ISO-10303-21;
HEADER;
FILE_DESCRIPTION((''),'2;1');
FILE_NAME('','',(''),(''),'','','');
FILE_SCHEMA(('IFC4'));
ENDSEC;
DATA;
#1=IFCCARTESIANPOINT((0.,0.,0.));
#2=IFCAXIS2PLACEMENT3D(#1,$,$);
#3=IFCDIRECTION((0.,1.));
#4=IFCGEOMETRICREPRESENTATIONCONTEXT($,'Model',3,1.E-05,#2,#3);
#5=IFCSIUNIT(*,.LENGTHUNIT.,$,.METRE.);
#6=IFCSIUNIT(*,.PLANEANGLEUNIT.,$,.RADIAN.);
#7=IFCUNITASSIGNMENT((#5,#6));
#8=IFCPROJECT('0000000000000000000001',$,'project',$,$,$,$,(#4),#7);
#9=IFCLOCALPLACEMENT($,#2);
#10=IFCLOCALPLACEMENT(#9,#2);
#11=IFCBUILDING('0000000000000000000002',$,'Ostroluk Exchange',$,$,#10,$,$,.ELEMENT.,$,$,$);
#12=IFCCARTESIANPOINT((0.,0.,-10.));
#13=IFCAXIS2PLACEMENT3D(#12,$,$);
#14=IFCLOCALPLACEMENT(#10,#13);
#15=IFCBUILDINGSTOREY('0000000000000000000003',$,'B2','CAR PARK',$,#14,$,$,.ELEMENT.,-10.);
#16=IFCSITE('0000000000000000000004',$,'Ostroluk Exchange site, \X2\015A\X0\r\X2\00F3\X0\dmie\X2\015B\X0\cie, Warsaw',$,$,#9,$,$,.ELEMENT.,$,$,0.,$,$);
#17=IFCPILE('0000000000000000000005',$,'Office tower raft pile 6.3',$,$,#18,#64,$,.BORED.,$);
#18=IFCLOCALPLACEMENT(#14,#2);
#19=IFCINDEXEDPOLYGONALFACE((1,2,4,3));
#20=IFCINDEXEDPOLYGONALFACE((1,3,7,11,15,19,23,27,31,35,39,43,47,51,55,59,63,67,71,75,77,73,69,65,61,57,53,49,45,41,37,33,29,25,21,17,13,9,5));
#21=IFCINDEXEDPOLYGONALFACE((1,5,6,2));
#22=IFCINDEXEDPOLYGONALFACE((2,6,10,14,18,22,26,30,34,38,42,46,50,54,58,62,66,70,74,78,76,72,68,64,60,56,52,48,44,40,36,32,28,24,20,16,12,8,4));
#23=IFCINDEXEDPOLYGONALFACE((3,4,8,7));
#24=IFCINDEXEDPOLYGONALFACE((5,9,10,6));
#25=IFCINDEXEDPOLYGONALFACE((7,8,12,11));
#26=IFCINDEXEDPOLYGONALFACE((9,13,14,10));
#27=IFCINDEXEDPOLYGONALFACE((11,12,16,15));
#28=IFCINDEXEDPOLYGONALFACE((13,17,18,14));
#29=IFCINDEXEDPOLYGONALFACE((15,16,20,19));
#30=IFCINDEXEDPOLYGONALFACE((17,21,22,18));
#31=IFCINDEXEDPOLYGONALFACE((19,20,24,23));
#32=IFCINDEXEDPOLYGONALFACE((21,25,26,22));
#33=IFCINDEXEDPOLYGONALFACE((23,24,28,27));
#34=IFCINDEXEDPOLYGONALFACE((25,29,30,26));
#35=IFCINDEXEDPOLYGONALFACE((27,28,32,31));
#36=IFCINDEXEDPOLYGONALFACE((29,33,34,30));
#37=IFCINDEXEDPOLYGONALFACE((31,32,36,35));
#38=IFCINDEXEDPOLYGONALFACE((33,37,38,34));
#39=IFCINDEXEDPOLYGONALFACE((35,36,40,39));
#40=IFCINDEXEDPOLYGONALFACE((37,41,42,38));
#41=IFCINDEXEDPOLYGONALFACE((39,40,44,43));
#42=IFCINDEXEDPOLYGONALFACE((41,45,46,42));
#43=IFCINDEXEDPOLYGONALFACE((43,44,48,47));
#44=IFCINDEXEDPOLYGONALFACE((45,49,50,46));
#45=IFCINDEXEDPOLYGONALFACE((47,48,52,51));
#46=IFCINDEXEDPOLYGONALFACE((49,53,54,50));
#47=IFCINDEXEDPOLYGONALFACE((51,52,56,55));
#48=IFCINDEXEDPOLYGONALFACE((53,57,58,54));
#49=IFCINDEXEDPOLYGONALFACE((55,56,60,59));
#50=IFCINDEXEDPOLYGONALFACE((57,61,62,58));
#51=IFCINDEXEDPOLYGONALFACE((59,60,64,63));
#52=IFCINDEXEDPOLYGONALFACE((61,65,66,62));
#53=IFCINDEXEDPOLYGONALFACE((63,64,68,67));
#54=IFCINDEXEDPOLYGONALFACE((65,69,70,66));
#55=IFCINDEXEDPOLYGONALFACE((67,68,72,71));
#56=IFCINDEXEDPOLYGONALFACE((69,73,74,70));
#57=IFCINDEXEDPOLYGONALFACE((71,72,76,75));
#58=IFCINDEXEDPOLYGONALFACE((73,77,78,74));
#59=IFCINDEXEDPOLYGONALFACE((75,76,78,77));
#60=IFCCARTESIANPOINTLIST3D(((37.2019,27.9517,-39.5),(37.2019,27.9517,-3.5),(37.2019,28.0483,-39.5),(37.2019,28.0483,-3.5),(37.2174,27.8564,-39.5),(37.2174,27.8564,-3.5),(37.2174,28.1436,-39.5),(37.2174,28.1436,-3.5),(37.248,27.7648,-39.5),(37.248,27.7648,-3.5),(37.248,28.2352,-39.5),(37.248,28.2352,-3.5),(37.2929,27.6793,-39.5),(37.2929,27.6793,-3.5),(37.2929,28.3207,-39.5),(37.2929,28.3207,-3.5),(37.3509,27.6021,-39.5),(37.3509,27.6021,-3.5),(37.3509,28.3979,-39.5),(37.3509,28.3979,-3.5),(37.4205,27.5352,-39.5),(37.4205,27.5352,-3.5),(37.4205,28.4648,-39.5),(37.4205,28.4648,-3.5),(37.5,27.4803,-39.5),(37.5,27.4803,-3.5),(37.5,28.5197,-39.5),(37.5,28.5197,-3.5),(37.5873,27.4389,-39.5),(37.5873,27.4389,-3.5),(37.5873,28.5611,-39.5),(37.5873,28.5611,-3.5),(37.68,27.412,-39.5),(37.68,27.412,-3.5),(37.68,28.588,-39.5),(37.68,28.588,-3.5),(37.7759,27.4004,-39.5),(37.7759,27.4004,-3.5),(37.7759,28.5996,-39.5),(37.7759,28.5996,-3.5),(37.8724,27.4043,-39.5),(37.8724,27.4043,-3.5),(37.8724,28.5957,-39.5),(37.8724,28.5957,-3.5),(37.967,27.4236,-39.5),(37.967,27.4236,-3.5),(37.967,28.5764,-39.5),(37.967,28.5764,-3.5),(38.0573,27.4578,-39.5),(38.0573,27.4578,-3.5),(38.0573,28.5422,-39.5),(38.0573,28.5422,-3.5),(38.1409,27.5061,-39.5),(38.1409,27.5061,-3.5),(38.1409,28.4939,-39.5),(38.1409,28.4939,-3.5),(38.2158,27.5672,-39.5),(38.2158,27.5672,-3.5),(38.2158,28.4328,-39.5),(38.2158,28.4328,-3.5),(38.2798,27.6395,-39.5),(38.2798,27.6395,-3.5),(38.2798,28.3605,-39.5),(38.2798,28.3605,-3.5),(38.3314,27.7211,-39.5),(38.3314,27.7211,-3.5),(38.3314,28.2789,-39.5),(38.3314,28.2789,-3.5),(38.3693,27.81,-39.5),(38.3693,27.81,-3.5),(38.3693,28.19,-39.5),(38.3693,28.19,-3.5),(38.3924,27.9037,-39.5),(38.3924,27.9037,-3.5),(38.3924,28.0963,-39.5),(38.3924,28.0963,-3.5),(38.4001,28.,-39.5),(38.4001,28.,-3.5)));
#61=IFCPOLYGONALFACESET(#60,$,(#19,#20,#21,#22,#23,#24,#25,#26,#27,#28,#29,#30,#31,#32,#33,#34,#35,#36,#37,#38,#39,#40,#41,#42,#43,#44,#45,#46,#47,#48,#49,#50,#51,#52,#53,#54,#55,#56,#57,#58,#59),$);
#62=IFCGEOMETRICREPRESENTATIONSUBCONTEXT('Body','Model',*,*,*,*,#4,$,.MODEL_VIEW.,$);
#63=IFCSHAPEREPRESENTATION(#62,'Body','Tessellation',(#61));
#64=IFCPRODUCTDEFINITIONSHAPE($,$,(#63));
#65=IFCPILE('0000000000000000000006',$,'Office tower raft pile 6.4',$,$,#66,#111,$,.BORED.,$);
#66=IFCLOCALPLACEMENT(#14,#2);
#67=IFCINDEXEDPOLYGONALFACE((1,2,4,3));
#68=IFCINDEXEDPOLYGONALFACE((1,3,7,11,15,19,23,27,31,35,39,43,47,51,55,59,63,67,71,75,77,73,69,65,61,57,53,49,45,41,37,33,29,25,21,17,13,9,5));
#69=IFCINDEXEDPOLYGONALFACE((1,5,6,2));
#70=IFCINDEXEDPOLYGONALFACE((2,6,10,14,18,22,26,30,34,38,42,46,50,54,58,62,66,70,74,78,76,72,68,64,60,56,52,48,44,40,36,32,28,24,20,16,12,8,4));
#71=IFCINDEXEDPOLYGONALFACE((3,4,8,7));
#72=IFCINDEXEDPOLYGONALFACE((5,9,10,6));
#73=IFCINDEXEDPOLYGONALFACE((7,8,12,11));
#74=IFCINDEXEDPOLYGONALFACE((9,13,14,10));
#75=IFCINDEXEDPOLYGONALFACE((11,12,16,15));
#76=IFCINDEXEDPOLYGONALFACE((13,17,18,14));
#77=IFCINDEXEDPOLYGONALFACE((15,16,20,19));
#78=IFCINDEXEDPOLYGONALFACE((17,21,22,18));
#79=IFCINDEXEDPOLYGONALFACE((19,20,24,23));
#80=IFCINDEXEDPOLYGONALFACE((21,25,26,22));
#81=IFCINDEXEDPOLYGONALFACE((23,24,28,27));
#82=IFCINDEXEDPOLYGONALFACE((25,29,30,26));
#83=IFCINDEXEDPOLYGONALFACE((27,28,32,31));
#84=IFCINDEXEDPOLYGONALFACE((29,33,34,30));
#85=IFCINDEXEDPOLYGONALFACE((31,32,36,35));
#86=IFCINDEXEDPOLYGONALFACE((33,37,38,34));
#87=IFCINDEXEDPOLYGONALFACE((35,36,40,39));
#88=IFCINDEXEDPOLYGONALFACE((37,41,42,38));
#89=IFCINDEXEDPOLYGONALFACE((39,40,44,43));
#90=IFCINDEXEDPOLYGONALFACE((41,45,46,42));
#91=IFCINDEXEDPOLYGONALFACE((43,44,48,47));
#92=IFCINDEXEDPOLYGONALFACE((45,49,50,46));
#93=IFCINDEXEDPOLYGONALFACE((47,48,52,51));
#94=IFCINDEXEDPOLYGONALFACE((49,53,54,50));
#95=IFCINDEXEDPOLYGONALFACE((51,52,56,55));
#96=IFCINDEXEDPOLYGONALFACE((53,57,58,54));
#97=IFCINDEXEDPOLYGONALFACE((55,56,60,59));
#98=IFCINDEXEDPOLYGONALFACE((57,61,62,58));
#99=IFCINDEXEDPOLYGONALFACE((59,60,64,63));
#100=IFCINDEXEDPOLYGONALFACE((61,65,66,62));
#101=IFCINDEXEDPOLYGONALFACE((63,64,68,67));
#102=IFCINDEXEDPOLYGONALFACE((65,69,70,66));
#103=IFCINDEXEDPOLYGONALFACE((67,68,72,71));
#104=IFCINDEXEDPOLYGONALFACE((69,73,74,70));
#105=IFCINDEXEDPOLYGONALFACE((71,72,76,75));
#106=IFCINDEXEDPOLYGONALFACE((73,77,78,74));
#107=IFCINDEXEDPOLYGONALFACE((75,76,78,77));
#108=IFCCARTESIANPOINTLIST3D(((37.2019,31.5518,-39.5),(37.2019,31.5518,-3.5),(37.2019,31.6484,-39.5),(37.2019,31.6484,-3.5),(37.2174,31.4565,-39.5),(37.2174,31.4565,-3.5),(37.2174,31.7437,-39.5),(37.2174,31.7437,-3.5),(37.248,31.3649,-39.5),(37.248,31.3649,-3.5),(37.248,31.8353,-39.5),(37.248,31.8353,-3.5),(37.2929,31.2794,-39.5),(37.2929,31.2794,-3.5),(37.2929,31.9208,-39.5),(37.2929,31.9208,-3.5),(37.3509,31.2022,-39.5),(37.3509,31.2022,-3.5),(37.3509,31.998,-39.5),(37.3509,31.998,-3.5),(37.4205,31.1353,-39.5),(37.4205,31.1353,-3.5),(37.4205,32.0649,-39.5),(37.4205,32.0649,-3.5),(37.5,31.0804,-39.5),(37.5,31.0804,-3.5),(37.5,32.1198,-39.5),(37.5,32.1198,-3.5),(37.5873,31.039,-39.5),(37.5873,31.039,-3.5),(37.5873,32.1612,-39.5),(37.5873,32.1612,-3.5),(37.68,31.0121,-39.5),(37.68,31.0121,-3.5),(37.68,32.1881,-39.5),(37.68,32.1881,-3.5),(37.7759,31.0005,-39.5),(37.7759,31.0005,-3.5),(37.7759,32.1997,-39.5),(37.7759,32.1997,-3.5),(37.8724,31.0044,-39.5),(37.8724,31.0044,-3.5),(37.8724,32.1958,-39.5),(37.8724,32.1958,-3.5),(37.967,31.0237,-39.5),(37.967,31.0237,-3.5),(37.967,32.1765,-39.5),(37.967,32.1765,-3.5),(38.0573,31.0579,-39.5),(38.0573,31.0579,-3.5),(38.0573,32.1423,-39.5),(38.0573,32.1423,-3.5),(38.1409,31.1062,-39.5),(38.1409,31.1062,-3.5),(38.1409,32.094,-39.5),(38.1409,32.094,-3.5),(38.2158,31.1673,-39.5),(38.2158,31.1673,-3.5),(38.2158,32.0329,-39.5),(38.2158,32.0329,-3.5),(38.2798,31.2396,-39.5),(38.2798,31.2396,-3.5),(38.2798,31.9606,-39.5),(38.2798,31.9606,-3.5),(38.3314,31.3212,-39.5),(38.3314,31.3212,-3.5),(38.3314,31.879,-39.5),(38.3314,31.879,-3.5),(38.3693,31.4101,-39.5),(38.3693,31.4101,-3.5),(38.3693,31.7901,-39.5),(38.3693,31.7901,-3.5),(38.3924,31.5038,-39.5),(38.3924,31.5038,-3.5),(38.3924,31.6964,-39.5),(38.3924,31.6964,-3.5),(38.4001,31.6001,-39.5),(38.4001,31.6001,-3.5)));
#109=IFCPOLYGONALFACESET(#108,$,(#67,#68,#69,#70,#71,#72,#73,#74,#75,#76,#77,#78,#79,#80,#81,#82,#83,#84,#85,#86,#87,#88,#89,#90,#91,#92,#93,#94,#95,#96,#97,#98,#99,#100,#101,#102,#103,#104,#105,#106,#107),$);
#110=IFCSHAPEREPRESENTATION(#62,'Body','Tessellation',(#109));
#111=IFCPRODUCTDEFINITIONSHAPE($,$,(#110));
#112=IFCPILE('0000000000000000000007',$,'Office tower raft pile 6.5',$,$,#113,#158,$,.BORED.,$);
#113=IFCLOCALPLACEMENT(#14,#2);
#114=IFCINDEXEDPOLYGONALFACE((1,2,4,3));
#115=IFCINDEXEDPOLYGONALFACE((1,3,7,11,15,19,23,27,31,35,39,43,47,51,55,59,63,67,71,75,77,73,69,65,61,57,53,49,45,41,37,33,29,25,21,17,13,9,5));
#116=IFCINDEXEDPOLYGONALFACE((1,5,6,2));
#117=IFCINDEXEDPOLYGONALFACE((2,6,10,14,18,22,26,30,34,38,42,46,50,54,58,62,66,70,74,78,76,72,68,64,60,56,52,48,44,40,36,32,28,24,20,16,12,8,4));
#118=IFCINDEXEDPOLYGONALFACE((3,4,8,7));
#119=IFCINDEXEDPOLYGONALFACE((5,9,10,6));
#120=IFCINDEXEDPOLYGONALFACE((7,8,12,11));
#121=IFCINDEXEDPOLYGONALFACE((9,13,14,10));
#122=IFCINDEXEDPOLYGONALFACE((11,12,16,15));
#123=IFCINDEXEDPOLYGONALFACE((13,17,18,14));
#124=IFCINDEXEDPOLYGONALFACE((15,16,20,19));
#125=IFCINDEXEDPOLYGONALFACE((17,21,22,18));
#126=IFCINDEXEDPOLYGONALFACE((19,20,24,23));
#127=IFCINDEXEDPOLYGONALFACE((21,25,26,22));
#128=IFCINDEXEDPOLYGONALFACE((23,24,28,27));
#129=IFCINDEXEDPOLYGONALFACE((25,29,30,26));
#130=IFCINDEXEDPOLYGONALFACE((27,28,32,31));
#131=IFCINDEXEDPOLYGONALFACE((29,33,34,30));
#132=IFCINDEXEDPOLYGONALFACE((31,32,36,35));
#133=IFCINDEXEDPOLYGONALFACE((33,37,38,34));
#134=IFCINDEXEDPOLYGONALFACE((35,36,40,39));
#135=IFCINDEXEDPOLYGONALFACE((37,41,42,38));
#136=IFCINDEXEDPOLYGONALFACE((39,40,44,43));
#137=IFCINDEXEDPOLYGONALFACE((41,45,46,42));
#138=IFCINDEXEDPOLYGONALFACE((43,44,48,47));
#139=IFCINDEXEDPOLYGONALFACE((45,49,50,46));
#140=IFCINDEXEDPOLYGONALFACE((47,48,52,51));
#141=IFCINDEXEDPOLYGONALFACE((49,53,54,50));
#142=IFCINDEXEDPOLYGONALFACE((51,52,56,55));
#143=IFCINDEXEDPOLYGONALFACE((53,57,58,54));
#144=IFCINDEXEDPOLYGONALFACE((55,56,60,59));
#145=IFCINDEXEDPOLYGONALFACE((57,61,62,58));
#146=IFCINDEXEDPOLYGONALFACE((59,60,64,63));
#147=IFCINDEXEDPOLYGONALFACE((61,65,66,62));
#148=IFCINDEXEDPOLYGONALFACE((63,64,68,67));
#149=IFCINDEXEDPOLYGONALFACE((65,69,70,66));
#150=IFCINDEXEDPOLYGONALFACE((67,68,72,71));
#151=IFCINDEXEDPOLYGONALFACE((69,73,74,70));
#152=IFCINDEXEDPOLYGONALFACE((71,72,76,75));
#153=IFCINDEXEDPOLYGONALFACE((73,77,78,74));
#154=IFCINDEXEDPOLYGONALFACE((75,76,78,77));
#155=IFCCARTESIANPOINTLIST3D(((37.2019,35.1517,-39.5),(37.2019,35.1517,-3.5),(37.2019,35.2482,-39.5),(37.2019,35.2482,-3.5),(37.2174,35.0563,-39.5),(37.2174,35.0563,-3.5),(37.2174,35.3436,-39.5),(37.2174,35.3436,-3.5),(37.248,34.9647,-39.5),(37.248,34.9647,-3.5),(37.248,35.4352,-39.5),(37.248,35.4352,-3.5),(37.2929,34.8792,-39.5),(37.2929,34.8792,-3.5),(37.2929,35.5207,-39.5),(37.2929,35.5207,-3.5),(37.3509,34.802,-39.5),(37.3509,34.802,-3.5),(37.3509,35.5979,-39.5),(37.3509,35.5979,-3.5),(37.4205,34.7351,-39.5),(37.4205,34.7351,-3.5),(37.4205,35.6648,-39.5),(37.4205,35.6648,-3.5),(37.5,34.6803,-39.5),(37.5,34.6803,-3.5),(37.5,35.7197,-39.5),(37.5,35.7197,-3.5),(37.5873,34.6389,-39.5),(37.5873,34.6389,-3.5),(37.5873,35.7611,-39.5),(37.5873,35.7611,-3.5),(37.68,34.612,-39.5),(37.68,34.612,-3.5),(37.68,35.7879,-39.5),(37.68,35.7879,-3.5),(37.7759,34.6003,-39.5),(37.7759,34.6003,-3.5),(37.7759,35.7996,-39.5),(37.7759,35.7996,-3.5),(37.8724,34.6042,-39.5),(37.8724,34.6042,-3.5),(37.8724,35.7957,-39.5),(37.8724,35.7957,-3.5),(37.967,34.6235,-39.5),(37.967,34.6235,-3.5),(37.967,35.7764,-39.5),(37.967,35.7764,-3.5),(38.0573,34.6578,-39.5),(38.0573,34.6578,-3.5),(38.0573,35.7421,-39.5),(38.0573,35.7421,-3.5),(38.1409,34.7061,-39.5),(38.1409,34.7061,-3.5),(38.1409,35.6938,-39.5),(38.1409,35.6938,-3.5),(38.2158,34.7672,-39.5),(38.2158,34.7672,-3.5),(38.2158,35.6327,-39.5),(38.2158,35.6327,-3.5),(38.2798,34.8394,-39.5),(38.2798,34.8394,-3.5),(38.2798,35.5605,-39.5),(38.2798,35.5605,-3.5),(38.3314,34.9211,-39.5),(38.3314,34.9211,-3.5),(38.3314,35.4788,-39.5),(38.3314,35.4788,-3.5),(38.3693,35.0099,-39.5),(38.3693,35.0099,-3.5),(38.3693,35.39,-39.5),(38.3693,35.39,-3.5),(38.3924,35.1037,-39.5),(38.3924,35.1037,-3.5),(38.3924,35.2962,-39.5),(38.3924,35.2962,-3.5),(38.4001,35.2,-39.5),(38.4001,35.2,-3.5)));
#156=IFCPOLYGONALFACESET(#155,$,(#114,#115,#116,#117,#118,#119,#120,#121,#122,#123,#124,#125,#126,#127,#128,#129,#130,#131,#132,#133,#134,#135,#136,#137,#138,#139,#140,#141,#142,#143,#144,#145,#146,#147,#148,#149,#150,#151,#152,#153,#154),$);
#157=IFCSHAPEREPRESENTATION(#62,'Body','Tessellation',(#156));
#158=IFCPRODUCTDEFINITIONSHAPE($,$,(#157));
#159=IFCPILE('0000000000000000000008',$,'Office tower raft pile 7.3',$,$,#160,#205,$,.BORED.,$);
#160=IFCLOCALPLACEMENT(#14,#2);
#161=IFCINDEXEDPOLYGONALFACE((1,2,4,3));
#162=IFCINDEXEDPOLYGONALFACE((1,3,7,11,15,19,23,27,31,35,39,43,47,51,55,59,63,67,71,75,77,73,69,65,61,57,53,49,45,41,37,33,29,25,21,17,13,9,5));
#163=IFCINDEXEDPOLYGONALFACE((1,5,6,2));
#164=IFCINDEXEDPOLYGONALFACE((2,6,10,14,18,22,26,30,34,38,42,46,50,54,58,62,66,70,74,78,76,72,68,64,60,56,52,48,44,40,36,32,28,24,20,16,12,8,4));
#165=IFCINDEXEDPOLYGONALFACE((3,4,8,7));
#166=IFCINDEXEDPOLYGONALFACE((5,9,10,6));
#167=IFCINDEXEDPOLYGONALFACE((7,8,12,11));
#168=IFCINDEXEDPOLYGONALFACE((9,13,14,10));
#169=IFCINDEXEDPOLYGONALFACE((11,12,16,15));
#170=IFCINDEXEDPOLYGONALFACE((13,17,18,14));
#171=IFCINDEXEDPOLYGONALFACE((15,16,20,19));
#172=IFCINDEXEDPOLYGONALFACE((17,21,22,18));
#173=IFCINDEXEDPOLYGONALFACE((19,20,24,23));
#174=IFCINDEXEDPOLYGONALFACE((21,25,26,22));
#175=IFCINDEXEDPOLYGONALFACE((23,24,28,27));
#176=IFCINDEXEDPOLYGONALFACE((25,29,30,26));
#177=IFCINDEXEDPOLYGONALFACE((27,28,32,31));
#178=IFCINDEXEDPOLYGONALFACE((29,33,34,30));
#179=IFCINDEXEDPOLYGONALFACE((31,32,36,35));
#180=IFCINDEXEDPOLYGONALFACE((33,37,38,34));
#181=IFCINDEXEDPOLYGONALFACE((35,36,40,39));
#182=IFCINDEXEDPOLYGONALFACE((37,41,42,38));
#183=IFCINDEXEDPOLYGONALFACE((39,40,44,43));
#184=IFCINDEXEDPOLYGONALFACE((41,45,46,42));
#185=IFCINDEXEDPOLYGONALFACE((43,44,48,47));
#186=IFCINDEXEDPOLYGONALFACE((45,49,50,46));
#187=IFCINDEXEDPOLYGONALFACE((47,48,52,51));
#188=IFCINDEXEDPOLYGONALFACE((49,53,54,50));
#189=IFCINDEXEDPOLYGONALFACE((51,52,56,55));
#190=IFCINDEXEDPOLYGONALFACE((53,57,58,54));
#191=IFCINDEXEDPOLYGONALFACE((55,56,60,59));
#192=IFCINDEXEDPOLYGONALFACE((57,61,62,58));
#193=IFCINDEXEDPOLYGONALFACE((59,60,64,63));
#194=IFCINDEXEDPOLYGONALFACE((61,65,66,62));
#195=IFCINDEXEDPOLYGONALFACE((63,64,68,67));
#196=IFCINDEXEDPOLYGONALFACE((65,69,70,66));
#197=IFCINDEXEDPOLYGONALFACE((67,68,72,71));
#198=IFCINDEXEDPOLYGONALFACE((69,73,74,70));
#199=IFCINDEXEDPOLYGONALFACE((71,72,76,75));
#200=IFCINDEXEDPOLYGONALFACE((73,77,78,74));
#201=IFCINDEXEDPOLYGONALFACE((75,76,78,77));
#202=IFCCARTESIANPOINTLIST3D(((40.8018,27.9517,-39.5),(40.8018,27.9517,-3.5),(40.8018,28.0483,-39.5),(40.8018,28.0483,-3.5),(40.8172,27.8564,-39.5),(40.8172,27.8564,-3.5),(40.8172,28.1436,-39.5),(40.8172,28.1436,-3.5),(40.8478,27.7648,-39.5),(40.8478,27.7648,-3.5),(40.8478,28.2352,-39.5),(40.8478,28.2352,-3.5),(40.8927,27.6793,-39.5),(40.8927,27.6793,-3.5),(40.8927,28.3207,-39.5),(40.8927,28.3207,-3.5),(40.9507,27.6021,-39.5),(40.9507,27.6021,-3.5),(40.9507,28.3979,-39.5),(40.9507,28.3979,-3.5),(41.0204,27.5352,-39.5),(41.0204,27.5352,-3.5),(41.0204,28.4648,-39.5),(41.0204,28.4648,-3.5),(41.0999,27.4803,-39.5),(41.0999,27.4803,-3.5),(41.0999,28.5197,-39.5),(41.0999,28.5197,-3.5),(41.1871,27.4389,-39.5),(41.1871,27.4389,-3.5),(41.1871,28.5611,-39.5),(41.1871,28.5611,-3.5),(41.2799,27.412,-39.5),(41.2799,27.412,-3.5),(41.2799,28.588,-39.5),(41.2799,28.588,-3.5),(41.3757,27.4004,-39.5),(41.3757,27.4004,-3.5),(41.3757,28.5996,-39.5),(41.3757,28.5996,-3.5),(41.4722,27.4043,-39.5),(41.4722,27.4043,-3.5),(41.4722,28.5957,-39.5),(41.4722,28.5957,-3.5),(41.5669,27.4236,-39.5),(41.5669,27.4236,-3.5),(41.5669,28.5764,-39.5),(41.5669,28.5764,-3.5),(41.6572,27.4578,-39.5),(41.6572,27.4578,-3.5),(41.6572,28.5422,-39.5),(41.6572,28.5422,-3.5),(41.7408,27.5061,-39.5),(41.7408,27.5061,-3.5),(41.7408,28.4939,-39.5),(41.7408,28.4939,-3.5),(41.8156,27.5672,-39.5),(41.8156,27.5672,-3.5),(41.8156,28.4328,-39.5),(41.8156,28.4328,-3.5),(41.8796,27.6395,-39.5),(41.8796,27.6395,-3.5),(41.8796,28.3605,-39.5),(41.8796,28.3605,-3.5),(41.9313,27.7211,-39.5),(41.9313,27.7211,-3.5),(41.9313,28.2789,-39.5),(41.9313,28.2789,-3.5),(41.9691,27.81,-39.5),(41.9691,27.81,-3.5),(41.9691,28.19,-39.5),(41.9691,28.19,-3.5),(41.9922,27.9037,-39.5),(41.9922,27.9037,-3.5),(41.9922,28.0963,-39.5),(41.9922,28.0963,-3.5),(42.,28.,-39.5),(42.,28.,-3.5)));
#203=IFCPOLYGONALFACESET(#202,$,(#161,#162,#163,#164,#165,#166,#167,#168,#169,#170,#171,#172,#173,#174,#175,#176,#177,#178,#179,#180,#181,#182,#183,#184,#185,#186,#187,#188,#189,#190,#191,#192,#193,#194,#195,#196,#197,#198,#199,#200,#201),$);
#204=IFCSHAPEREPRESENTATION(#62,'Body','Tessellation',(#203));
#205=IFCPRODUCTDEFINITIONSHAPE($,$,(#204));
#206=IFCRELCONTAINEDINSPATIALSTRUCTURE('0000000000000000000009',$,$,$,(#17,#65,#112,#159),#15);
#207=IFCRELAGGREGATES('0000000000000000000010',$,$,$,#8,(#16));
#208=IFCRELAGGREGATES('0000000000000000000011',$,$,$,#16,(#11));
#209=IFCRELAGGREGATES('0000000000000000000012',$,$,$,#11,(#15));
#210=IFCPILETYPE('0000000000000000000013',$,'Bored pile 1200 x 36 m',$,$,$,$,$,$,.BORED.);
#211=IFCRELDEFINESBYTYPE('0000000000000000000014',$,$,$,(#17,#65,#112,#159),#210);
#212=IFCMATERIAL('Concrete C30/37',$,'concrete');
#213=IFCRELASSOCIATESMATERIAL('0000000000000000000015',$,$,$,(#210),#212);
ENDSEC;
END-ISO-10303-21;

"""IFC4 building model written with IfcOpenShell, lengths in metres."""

from ifc_helpers import new_model, si_unit, direction, frame, origin, origin_2d, place, context, subcontext, project, spatial, circle, extrude, material, type_object, element, save


model = new_model("IFC4")

# Units and contexts
model_context = context("Model", 3, precision=1e-05, world=origin(), true_north=direction((0.0, 1.0)))
body_context = subcontext(model_context, "Body", "Model", "MODEL_VIEW")
ifc_project = project(units=[si_unit("LENGTHUNIT", "METRE"), si_unit("PLANEANGLEUNIT", "RADIAN")], contexts=[model_context])

# Site, building, storey
site_placement = place(None, origin())
site = spatial("IfcSite", under=ifc_project, at=site_placement, Name="Ostroluk Exchange site, Śródmieście, Warsaw", CompositionType="ELEMENT", RefElevation=0.0)
building_placement = place(site_placement, origin())
building = spatial("IfcBuilding", under=site, at=building_placement, Name="Ostroluk Exchange", CompositionType="ELEMENT")
storey_placement = place(building_placement, frame((0.0, 0.0, -10.0)))
storey = spatial("IfcBuildingStorey", under=building, at=storey_placement, Name="B2", Description="CAR PARK", CompositionType="ELEMENT", Elevation=-10.0)

# Piles
ifc_material_1 = material(Name="Concrete C30/37", Category="concrete")
pile_type = type_object("IfcPileType", Name="Bored pile 1200 x 36 m", PredefinedType="BORED", material=ifc_material_1)
for number, where, z_axis, x_axis, name in (
    (1, (37.8, 28.0, -3.5), (0.0, 0.0, -1.0), (1.0, 0.0, 0.0), "Office tower raft pile 6.3"),
    (2, (37.8, 31.6001, -3.5), (0.0, 0.0, -1.0), (1.0, 0.0, 0.0), "Office tower raft pile 6.4"),
    (3, (37.8, 35.2, -3.5), (0.0, 0.0, -1.0), (1.0, 0.0, 0.0), "Office tower raft pile 6.5"),
    (4, (41.3999, 28.0, -3.5), (0.0, 0.0, -1.0), (1.0, 0.0, 0.0), "Office tower raft pile 7.3"),
):
    element("IfcPile", number, at=place(storey_placement, frame(where, z_axis=z_axis, x_axis=x_axis)), inside=storey, type_object=pile_type, Name=name, PredefinedType="BORED", context=body_context, shape_type="SweptSolid", body=[
        extrude(circle(Radius=0.6001, at=origin_2d()), origin(), (0.0, 0.0, 1.0), 36.0),
    ])

save(model, "model.ifc")
